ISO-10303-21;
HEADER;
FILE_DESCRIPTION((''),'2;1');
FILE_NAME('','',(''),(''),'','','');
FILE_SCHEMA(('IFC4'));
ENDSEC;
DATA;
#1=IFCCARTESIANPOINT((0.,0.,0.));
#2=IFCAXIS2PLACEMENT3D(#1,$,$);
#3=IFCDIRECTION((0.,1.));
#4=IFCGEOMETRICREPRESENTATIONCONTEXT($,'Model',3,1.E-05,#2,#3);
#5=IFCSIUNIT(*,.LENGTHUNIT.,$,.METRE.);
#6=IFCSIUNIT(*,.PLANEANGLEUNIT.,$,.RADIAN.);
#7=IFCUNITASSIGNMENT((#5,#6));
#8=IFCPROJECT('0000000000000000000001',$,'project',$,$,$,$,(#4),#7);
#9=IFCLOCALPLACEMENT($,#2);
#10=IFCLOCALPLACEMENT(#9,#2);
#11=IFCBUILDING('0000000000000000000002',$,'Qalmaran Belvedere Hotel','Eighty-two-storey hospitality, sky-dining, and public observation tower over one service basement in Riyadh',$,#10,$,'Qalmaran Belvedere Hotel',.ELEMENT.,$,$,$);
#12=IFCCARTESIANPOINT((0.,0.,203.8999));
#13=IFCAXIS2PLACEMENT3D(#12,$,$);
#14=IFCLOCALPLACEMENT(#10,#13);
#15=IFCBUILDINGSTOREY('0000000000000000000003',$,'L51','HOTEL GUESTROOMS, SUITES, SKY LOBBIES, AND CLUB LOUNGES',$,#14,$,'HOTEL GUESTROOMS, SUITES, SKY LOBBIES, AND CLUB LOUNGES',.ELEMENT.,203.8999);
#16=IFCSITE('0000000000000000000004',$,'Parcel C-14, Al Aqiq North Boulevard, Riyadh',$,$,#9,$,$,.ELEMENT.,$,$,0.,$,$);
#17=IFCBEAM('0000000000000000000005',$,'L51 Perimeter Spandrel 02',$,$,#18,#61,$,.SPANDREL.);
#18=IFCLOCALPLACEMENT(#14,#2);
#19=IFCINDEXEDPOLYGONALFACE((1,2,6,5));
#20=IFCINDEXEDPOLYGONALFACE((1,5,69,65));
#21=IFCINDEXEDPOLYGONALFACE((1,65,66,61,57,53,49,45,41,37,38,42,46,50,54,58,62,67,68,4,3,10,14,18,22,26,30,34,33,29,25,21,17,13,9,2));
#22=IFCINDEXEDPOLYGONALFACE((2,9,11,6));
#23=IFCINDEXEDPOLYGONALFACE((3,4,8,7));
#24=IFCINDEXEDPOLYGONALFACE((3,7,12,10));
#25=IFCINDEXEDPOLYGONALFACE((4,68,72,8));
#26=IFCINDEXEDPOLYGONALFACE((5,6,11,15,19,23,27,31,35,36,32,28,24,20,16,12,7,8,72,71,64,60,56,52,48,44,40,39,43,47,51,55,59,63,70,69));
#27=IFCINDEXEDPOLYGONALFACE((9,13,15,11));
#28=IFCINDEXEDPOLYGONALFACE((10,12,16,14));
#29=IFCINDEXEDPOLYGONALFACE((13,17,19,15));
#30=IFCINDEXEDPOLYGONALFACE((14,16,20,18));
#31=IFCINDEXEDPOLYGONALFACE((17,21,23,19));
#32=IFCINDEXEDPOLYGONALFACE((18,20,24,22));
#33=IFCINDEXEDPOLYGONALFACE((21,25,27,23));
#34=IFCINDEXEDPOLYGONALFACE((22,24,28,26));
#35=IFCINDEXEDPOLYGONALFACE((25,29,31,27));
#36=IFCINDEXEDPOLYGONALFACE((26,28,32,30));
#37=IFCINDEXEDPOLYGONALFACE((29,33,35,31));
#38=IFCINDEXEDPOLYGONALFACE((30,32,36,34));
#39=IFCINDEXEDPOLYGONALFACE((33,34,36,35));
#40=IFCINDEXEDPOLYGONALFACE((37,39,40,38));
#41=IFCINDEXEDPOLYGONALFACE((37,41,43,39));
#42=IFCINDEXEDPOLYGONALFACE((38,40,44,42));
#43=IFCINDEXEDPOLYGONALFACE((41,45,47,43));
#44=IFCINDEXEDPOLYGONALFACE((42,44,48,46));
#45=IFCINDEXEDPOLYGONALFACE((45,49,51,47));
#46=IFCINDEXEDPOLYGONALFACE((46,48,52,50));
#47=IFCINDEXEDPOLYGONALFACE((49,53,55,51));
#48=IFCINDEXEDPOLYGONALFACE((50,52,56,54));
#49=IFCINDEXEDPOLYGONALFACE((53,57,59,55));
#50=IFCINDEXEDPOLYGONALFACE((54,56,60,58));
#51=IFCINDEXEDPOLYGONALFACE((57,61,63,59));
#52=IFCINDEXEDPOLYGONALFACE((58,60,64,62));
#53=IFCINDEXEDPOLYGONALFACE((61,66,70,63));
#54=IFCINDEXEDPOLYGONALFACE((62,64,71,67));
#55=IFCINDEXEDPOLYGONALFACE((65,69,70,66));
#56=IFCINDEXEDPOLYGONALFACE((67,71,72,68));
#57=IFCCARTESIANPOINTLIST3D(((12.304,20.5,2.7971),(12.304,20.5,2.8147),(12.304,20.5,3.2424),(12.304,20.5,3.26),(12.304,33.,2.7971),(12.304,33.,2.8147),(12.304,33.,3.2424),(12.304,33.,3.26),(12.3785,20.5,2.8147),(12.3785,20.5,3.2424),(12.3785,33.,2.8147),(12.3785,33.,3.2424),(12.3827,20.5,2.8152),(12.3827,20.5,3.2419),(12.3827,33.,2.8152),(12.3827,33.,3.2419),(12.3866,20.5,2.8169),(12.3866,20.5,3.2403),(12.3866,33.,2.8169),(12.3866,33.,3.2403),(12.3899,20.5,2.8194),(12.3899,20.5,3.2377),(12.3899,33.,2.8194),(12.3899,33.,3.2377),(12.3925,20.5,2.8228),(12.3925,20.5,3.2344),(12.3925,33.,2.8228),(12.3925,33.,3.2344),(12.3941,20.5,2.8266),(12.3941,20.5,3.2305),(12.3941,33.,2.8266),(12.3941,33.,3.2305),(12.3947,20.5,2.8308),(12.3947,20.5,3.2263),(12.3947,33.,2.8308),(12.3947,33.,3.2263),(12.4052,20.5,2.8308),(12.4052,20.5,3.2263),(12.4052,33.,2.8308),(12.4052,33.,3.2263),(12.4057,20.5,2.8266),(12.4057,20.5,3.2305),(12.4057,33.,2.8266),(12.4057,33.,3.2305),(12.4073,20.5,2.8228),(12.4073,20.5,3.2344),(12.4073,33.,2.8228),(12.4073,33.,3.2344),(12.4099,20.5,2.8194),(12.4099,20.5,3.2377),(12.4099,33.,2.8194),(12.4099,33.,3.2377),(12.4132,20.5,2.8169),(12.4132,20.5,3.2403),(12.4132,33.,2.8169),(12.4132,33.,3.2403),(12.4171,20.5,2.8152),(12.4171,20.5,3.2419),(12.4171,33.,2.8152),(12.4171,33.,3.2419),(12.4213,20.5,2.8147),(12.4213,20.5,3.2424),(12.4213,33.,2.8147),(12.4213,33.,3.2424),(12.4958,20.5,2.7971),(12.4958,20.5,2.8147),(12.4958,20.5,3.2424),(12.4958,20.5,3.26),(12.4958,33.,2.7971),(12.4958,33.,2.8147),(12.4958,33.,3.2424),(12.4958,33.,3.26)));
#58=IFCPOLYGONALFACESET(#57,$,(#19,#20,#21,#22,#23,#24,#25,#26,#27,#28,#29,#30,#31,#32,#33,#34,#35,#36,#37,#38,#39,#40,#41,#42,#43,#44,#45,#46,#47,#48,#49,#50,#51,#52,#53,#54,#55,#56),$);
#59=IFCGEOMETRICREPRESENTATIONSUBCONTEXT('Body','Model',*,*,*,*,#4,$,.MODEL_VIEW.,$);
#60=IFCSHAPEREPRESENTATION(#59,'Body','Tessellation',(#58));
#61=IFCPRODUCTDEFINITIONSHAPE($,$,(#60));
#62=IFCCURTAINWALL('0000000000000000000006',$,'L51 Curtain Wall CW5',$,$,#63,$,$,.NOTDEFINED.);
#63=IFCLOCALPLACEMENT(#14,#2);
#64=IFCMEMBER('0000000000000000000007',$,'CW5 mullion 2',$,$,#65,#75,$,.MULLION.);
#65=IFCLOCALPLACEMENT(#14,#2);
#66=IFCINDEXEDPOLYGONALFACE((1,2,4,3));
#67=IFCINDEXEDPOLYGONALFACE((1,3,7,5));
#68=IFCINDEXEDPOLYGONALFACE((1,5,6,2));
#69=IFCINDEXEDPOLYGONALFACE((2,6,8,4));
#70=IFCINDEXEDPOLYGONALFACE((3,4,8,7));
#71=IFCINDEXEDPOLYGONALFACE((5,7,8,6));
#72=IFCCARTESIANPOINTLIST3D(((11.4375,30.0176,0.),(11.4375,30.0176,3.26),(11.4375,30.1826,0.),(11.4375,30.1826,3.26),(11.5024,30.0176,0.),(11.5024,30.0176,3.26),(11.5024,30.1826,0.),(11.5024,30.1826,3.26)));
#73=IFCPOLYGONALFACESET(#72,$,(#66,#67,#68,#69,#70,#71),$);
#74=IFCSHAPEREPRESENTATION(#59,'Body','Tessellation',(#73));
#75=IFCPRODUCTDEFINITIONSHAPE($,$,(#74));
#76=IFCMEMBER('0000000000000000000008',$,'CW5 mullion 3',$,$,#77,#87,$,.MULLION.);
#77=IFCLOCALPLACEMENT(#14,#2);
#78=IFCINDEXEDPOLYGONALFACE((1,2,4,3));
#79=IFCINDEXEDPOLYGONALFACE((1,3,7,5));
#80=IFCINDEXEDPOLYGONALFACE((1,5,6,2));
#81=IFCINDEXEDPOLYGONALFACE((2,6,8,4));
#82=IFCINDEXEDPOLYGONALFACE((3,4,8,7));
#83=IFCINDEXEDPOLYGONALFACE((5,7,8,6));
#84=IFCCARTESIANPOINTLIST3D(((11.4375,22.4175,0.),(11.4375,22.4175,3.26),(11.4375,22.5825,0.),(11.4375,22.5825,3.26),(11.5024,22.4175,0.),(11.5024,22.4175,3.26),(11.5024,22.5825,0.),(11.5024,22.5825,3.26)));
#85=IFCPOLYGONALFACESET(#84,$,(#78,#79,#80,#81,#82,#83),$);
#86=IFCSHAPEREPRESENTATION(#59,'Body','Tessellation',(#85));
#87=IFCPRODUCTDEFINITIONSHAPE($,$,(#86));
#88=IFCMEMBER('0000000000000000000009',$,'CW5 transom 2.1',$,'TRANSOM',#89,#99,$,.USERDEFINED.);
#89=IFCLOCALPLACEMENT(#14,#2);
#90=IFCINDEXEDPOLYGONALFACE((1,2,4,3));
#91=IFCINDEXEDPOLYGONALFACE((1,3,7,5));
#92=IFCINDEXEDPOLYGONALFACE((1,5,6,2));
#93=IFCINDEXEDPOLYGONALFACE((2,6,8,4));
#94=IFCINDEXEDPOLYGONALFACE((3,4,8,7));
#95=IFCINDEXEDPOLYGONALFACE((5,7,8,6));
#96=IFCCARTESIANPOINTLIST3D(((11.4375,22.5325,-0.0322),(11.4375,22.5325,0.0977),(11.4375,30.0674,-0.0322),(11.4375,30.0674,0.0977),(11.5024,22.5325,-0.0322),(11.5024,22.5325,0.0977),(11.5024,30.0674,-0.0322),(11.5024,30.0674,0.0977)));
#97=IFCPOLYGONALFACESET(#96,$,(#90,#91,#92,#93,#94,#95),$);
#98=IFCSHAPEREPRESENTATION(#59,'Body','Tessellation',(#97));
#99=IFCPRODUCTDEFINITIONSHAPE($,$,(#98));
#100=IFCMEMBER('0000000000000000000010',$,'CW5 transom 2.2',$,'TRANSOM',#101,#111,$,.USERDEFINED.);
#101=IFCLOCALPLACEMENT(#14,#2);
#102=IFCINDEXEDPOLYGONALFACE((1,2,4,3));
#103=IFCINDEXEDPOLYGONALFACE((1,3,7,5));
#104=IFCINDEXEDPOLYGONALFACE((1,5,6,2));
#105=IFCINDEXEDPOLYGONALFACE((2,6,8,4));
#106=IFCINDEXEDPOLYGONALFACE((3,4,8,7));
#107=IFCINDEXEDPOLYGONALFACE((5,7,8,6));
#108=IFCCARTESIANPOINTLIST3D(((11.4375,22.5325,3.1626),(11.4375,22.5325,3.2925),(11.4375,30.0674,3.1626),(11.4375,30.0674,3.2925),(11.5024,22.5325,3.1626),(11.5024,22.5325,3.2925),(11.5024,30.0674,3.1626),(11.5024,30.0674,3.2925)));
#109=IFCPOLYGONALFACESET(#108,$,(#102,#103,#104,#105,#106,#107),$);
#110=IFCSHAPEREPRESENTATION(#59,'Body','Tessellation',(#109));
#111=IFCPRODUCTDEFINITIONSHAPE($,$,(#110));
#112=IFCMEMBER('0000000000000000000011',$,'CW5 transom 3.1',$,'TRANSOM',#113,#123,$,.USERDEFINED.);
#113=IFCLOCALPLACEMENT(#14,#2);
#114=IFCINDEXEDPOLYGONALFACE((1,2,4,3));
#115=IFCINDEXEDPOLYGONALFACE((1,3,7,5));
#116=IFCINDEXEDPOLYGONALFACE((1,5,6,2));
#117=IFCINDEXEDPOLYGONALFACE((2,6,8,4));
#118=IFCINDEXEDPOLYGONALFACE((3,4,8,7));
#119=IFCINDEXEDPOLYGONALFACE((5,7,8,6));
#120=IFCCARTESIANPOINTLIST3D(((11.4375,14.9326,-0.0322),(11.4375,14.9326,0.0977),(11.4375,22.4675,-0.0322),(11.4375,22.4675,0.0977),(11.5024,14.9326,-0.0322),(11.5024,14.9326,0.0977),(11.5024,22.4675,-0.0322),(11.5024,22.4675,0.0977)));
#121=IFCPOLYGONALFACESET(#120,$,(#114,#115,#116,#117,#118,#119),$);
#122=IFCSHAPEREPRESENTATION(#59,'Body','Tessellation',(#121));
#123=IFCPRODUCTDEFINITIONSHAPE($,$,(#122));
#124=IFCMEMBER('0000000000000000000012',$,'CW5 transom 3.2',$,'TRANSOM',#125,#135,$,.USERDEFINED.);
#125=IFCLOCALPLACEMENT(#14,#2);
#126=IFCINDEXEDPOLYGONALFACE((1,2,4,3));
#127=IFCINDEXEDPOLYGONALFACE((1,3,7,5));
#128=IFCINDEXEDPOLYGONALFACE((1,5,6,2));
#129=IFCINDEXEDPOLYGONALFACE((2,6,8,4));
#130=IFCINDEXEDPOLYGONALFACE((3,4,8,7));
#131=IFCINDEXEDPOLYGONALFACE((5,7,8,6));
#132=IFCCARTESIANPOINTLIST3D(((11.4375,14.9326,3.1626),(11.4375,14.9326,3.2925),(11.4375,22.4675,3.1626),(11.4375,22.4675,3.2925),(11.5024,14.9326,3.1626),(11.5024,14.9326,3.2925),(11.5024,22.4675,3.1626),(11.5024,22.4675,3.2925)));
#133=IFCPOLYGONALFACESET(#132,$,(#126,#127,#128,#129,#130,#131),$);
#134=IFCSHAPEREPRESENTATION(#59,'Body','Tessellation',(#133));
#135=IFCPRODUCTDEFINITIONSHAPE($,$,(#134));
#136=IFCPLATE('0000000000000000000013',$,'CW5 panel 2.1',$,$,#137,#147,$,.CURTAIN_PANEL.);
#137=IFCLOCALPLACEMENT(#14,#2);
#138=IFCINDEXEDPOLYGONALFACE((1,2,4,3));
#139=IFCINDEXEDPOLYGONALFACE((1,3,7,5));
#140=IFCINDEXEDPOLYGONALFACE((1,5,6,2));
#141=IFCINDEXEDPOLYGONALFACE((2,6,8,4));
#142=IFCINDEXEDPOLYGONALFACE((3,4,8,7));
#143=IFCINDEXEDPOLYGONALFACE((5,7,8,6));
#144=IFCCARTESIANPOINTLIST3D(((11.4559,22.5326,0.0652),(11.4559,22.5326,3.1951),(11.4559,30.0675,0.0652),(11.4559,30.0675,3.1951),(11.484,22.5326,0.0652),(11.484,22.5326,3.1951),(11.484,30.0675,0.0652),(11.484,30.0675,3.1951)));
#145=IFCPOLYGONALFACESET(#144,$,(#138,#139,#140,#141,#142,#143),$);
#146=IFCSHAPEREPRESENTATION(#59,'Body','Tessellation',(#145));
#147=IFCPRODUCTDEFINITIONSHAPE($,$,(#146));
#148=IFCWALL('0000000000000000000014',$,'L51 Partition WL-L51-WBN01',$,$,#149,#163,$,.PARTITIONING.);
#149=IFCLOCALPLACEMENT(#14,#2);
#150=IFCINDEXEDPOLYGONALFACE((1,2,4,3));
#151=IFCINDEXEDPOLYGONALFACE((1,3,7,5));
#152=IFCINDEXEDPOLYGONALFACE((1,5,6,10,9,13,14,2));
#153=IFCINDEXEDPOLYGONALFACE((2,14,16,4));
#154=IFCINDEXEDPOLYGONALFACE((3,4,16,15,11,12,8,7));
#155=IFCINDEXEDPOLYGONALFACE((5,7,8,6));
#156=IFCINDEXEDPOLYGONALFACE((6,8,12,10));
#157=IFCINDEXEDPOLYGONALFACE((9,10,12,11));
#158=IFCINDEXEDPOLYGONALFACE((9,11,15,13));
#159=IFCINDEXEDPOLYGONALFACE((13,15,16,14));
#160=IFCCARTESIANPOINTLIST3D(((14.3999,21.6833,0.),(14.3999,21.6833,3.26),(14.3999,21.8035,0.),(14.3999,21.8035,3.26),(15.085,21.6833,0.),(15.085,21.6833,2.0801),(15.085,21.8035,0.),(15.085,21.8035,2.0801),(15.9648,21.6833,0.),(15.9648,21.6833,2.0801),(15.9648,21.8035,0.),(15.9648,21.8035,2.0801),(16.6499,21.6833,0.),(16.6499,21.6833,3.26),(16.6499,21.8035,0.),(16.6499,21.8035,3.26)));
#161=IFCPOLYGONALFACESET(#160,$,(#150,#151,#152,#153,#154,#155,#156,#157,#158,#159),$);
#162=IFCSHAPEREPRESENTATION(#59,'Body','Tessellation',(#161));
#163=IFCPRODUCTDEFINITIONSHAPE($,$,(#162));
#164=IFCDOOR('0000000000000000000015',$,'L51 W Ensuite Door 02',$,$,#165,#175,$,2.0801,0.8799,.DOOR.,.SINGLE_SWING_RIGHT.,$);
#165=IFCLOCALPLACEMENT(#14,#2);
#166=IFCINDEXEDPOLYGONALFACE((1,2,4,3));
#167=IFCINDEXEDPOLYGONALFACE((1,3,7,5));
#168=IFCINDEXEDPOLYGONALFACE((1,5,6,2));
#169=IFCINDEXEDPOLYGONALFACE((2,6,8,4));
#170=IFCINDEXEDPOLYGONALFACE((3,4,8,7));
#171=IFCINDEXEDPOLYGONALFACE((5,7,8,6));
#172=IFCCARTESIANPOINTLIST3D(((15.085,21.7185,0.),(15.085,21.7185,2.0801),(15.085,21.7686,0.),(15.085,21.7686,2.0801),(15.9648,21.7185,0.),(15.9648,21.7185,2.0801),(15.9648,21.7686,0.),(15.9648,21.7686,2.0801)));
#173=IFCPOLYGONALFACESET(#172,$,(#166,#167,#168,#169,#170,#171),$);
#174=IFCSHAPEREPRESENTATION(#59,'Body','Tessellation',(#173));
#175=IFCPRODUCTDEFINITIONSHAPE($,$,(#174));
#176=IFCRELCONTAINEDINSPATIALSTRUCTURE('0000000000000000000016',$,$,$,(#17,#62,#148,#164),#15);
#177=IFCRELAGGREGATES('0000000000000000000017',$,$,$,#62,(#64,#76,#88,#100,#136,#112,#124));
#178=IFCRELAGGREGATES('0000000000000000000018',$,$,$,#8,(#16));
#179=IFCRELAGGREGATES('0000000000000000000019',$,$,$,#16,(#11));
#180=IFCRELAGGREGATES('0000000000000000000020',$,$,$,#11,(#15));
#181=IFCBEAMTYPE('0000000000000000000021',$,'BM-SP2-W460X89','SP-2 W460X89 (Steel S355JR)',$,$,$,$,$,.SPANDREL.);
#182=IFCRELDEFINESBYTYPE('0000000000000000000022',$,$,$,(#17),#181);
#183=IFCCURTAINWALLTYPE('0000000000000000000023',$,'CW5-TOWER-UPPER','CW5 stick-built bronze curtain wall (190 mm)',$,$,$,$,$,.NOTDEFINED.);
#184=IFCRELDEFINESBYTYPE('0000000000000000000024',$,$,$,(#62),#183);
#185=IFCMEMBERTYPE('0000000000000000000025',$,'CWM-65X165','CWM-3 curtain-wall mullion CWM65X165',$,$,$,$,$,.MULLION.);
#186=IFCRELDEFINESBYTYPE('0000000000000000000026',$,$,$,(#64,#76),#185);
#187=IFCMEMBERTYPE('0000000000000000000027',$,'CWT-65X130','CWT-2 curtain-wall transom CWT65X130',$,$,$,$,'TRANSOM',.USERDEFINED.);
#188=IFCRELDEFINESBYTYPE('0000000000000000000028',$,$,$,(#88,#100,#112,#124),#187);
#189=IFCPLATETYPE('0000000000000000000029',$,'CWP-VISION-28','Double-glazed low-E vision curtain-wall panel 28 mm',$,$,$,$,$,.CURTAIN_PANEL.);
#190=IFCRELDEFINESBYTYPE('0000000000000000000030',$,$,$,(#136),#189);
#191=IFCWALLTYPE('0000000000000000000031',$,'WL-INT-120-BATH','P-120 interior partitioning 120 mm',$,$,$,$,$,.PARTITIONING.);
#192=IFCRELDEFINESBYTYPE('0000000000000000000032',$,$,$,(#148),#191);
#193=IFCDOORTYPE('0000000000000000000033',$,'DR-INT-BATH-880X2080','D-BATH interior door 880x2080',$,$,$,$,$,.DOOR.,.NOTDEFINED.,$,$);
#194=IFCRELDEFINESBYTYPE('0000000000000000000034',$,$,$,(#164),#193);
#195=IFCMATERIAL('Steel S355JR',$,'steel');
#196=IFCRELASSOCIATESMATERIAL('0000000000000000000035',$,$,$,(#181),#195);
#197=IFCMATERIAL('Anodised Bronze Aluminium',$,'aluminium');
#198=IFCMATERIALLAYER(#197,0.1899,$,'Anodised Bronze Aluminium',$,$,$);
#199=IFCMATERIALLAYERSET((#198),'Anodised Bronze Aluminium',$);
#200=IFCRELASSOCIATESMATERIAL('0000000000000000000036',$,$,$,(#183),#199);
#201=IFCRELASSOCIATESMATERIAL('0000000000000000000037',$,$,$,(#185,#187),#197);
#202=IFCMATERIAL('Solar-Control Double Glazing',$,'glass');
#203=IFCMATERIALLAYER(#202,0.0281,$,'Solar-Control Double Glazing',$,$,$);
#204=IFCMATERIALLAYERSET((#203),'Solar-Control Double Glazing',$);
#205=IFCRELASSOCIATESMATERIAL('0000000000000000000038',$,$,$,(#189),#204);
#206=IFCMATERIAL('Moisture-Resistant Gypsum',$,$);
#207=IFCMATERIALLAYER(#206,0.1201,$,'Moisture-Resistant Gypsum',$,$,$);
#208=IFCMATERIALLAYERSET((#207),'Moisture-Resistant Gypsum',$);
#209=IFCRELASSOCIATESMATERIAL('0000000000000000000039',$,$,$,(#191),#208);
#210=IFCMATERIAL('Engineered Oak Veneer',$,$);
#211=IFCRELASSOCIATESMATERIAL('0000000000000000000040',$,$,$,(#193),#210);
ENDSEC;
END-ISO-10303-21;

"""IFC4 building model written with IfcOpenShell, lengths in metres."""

from ifc_helpers import new_model, si_unit, direction, frame, frame_2d, origin, origin_2d, place, context, subcontext, project, spatial, rectangle, i_section, extrude, material, layer, layer_set, material_profile, profile_set, type_object, element, fill, aggregate, save


model = new_model("IFC4")

# Units and contexts
model_context = context("Model", 3, precision=1e-05, world=origin(), true_north=direction((0.0, 1.0)))
body_context = subcontext(model_context, "Body", "Model", "MODEL_VIEW")
ifc_project = project(units=[si_unit("LENGTHUNIT", "METRE"), si_unit("PLANEANGLEUNIT", "RADIAN")], contexts=[model_context])

# Site, building, storey
site_placement = place(None, origin())
site = spatial("IfcSite", under=ifc_project, at=site_placement, Name="Parcel C-14, Al Aqiq North Boulevard, Riyadh", CompositionType="ELEMENT", RefElevation=0.0)
building_placement = place(site_placement, origin())
building = spatial("IfcBuilding", under=site, at=building_placement, Name="Qalmaran Belvedere Hotel", Description="Eighty-two-storey hospitality, sky-dining, and public observation tower over one service basement in Riyadh", LongName="Qalmaran Belvedere Hotel", CompositionType="ELEMENT")
storey_placement = place(building_placement, frame((0.0, 0.0, 203.8999)))
storey = spatial("IfcBuildingStorey", under=building, at=storey_placement, Name="L51", Description="HOTEL GUESTROOMS, SUITES, SKY LOBBIES, AND CLUB LOUNGES", LongName="HOTEL GUESTROOMS, SUITES, SKY LOBBIES, AND CLUB LOUNGES", CompositionType="ELEMENT", Elevation=203.8999)

# Beam
ifc_material_1 = material(Name="Steel S355JR", Category="steel")
ifc_material_profile_1 = material_profile(ifc_material_1, i_section(OverallWidth=0.1919, OverallDepth=0.4629, WebThickness=0.0105, FlangeThickness=0.0176, FilletRadius=0.0161, at=origin_2d()), Name="W460X89")
ifc_profile_set_1 = profile_set([ifc_material_profile_1], Name="Steel S355JR")
beam_type_1 = type_object("IfcBeamType", Name="BM-SP2-W460X89", Description="SP-2 W460X89 (Steel S355JR)", PredefinedType="SPANDREL", material=ifc_profile_set_1)
beam_1_placement = place(storey_placement, frame((12.3999, 20.5, 3.0286), z_axis=(0.0, 1.0, 0.0), x_axis=(-1.0, 0.0, 0.0)))
element("IfcBeam", 1, at=beam_1_placement, inside=storey, type_object=beam_type_1, Name="L51 Perimeter Spandrel 02", PredefinedType="SPANDREL", context=body_context, shape_type="SweptSolid", body=[
    extrude(i_section(OverallWidth=0.1919, OverallDepth=0.4629, WebThickness=0.0105, FlangeThickness=0.0176, FilletRadius=0.0161, at=origin_2d()), origin(), (0.0, 0.0, 1.0), 12.5),
])

# Curtain wall, members, plate
ifc_material_2 = material(Name="Anodised Bronze Aluminium", Category="aluminium")
ifc_layer_1 = layer(ifc_material_2, 0.1899, Name="Anodised Bronze Aluminium")
ifc_layer_set_1 = layer_set([ifc_layer_1], Name="Anodised Bronze Aluminium")
curtain_wall_type = type_object("IfcCurtainWallType", Name="CW5-TOWER-UPPER", Description="CW5 stick-built bronze curtain wall (190 mm)", PredefinedType="NOTDEFINED", material=ifc_layer_set_1)
curtain_wall_placement = place(storey_placement, origin())
curtain_wall = element("IfcCurtainWall", 2, at=curtain_wall_placement, inside=storey, type_object=curtain_wall_type, Name="L51 Curtain Wall CW5", PredefinedType="NOTDEFINED")
ifc_material_profile_2 = material_profile(ifc_material_2, rectangle(XDim=0.0649, YDim=0.165, at=origin_2d()), Name="CWM65X165")
ifc_profile_set_2 = profile_set([ifc_material_profile_2], Name="Anodised Bronze Aluminium")
member_type_1 = type_object("IfcMemberType", Name="CWM-65X165", Description="CWM-3 curtain-wall mullion CWM65X165", PredefinedType="MULLION", material=ifc_profile_set_2)
member_1_placement = place(storey_placement, frame((11.47, 30.1001, 0.0), z_axis=(0.0, 0.0, 1.0), x_axis=(1.0, 0.0, 0.0)))
member_1 = element("IfcMember", 3, at=member_1_placement, type_object=member_type_1, Name="CW5 mullion 2", PredefinedType="MULLION", context=body_context, shape_type="SweptSolid", body=[
    extrude(rectangle(XDim=0.0649, YDim=0.165, at=origin_2d()), origin(), (0.0, 0.0, 1.0), 3.26),
])
member_2_placement = place(storey_placement, frame((11.47, 22.5, 0.0), z_axis=(0.0, 0.0, 1.0), x_axis=(1.0, 0.0, 0.0)))
member_2 = element("IfcMember", 4, at=member_2_placement, type_object=member_type_1, Name="CW5 mullion 3", PredefinedType="MULLION", context=body_context, shape_type="SweptSolid", body=[
    extrude(rectangle(XDim=0.0649, YDim=0.165, at=origin_2d()), origin(), (0.0, 0.0, 1.0), 3.26),
])
ifc_material_profile_3 = material_profile(ifc_material_2, rectangle(XDim=0.0649, YDim=0.1299, at=origin_2d()), Name="CWT65X130")
ifc_profile_set_3 = profile_set([ifc_material_profile_3], Name="Anodised Bronze Aluminium")
member_type_2 = type_object("IfcMemberType", Name="CWT-65X130", Description="CWT-2 curtain-wall transom CWT65X130", ElementType="TRANSOM", PredefinedType="USERDEFINED", material=ifc_profile_set_3)
member_3_placement = place(storey_placement, frame((11.47, 30.0674, 0.0327), z_axis=(0.0, -1.0, 0.0), x_axis=(1.0, 0.0, 0.0)))
member_3 = element("IfcMember", 5, at=member_3_placement, type_object=member_type_2, Name="CW5 transom 2.1", ObjectType="TRANSOM", PredefinedType="USERDEFINED", context=body_context, shape_type="SweptSolid", body=[
    extrude(rectangle(XDim=0.0649, YDim=0.1299, at=origin_2d()), origin(), (0.0, 0.0, 1.0), 7.5349),
])
member_4_placement = place(storey_placement, frame((11.47, 30.0674, 3.2275), z_axis=(0.0, -1.0, 0.0), x_axis=(1.0, 0.0, 0.0)))
member_4 = element("IfcMember", 6, at=member_4_placement, type_object=member_type_2, Name="CW5 transom 2.2", ObjectType="TRANSOM", PredefinedType="USERDEFINED", context=body_context, shape_type="SweptSolid", body=[
    extrude(rectangle(XDim=0.0649, YDim=0.1299, at=origin_2d()), origin(), (0.0, 0.0, 1.0), 7.5349),
])
member_5_placement = place(storey_placement, frame((11.47, 22.4675, 0.0327), z_axis=(0.0, -1.0, 0.0), x_axis=(1.0, 0.0, 0.0)))
member_5 = element("IfcMember", 7, at=member_5_placement, type_object=member_type_2, Name="CW5 transom 3.1", ObjectType="TRANSOM", PredefinedType="USERDEFINED", context=body_context, shape_type="SweptSolid", body=[
    extrude(rectangle(XDim=0.0649, YDim=0.1299, at=origin_2d()), origin(), (0.0, 0.0, 1.0), 7.5349),
])
member_6_placement = place(storey_placement, frame((11.47, 22.4675, 3.2275), z_axis=(0.0, -1.0, 0.0), x_axis=(1.0, 0.0, 0.0)))
member_6 = element("IfcMember", 8, at=member_6_placement, type_object=member_type_2, Name="CW5 transom 3.2", ObjectType="TRANSOM", PredefinedType="USERDEFINED", context=body_context, shape_type="SweptSolid", body=[
    extrude(rectangle(XDim=0.0649, YDim=0.1299, at=origin_2d()), origin(), (0.0, 0.0, 1.0), 7.5349),
])
ifc_material_3 = material(Name="Solar-Control Double Glazing", Category="glass")
ifc_layer_2 = layer(ifc_material_3, 0.0281, Name="Solar-Control Double Glazing")
ifc_layer_set_2 = layer_set([ifc_layer_2], Name="Solar-Control Double Glazing")
plate_type = type_object("IfcPlateType", Name="CWP-VISION-28", Description="Double-glazed low-E vision curtain-wall panel 28 mm", PredefinedType="CURTAIN_PANEL", material=ifc_layer_set_2)
plate_placement = place(storey_placement, frame((11.47, 26.3, 0.0652), z_axis=(0.0, 0.0, 1.0), x_axis=(0.0, -1.0, 0.0)))
plate = element("IfcPlate", 9, at=plate_placement, type_object=plate_type, Name="CW5 panel 2.1", PredefinedType="CURTAIN_PANEL", context=body_context, shape_type="SweptSolid", body=[
    extrude(rectangle(XDim=7.5349, YDim=0.0281, at=origin_2d()), origin(), (0.0, 0.0, 1.0), 3.1299),
])
aggregate(curtain_wall, [member_1, member_2, member_3, member_4, plate, member_5, member_6])

# Wall, opening, door
ifc_material_4 = material(Name="Moisture-Resistant Gypsum")
ifc_layer_3 = layer(ifc_material_4, 0.1201, Name="Moisture-Resistant Gypsum")
ifc_layer_set_3 = layer_set([ifc_layer_3], Name="Moisture-Resistant Gypsum")
wall_type_1 = type_object("IfcWallType", Name="WL-INT-120-BATH", Description="P-120 interior partitioning 120 mm", PredefinedType="PARTITIONING", material=ifc_layer_set_3)
wall_1_placement = place(storey_placement, frame((14.3999, 21.7434, 0.0), z_axis=(0.0, 0.0, 1.0), x_axis=(1.0, 0.0, 0.0)))
wall_1 = element("IfcWall", 10, at=wall_1_placement, inside=storey, type_object=wall_type_1, Name="L51 Partition WL-L51-WBN01", PredefinedType="PARTITIONING", context=body_context, shape_type="SweptSolid", body=[
    extrude(rectangle(XDim=2.25, YDim=0.1201, at=frame_2d((1.125, 0.0))), origin(), (0.0, 0.0, 1.0), 3.26),
])
opening_1_placement = place(wall_1_placement, frame((1.5649, 0.0, 0.0), z_axis=(0.0, 0.0, 1.0), x_axis=(-1.0, 0.0, 0.0)))
opening_1 = element("IfcOpeningElement", 11, at=opening_1_placement, cuts=wall_1, PredefinedType="OPENING", context=body_context, shape_type="SweptSolid", body=[
    extrude(rectangle(XDim=0.8799, YDim=2.0801, at=frame_2d((0.4399, 1.04))), frame((0.0, 0.0701, 0.0), z_axis=(0.0, -1.0, 0.0), x_axis=(1.0, 0.0, 0.0)), (0.0, 0.0, 1.0), 0.1401),
])
ifc_material_5 = material(Name="Engineered Oak Veneer")
door_type = type_object("IfcDoorType", Name="DR-INT-BATH-880X2080", Description="D-BATH interior door 880x2080", OperationType="NOTDEFINED", PredefinedType="DOOR", material=ifc_material_5)
door_1_placement = place(opening_1_placement, origin())
door_1 = element("IfcDoor", 12, at=door_1_placement, inside=storey, type_object=door_type, Name="L51 W Ensuite Door 02", OperationType="SINGLE_SWING_RIGHT", OverallHeight=2.0801, OverallWidth=0.8799, PredefinedType="DOOR", context=body_context, shape_type="SweptSolid", body=[
    extrude(rectangle(XDim=0.8799, YDim=2.0801, at=frame_2d((0.4399, 1.04))), frame((0.0, 0.0249, 0.0), z_axis=(0.0, -1.0, 0.0), x_axis=(1.0, 0.0, 0.0)), (0.0, 0.0, 1.0), 0.05),
])
fill(opening_1, door_1)

save(model, "model.ifc")
